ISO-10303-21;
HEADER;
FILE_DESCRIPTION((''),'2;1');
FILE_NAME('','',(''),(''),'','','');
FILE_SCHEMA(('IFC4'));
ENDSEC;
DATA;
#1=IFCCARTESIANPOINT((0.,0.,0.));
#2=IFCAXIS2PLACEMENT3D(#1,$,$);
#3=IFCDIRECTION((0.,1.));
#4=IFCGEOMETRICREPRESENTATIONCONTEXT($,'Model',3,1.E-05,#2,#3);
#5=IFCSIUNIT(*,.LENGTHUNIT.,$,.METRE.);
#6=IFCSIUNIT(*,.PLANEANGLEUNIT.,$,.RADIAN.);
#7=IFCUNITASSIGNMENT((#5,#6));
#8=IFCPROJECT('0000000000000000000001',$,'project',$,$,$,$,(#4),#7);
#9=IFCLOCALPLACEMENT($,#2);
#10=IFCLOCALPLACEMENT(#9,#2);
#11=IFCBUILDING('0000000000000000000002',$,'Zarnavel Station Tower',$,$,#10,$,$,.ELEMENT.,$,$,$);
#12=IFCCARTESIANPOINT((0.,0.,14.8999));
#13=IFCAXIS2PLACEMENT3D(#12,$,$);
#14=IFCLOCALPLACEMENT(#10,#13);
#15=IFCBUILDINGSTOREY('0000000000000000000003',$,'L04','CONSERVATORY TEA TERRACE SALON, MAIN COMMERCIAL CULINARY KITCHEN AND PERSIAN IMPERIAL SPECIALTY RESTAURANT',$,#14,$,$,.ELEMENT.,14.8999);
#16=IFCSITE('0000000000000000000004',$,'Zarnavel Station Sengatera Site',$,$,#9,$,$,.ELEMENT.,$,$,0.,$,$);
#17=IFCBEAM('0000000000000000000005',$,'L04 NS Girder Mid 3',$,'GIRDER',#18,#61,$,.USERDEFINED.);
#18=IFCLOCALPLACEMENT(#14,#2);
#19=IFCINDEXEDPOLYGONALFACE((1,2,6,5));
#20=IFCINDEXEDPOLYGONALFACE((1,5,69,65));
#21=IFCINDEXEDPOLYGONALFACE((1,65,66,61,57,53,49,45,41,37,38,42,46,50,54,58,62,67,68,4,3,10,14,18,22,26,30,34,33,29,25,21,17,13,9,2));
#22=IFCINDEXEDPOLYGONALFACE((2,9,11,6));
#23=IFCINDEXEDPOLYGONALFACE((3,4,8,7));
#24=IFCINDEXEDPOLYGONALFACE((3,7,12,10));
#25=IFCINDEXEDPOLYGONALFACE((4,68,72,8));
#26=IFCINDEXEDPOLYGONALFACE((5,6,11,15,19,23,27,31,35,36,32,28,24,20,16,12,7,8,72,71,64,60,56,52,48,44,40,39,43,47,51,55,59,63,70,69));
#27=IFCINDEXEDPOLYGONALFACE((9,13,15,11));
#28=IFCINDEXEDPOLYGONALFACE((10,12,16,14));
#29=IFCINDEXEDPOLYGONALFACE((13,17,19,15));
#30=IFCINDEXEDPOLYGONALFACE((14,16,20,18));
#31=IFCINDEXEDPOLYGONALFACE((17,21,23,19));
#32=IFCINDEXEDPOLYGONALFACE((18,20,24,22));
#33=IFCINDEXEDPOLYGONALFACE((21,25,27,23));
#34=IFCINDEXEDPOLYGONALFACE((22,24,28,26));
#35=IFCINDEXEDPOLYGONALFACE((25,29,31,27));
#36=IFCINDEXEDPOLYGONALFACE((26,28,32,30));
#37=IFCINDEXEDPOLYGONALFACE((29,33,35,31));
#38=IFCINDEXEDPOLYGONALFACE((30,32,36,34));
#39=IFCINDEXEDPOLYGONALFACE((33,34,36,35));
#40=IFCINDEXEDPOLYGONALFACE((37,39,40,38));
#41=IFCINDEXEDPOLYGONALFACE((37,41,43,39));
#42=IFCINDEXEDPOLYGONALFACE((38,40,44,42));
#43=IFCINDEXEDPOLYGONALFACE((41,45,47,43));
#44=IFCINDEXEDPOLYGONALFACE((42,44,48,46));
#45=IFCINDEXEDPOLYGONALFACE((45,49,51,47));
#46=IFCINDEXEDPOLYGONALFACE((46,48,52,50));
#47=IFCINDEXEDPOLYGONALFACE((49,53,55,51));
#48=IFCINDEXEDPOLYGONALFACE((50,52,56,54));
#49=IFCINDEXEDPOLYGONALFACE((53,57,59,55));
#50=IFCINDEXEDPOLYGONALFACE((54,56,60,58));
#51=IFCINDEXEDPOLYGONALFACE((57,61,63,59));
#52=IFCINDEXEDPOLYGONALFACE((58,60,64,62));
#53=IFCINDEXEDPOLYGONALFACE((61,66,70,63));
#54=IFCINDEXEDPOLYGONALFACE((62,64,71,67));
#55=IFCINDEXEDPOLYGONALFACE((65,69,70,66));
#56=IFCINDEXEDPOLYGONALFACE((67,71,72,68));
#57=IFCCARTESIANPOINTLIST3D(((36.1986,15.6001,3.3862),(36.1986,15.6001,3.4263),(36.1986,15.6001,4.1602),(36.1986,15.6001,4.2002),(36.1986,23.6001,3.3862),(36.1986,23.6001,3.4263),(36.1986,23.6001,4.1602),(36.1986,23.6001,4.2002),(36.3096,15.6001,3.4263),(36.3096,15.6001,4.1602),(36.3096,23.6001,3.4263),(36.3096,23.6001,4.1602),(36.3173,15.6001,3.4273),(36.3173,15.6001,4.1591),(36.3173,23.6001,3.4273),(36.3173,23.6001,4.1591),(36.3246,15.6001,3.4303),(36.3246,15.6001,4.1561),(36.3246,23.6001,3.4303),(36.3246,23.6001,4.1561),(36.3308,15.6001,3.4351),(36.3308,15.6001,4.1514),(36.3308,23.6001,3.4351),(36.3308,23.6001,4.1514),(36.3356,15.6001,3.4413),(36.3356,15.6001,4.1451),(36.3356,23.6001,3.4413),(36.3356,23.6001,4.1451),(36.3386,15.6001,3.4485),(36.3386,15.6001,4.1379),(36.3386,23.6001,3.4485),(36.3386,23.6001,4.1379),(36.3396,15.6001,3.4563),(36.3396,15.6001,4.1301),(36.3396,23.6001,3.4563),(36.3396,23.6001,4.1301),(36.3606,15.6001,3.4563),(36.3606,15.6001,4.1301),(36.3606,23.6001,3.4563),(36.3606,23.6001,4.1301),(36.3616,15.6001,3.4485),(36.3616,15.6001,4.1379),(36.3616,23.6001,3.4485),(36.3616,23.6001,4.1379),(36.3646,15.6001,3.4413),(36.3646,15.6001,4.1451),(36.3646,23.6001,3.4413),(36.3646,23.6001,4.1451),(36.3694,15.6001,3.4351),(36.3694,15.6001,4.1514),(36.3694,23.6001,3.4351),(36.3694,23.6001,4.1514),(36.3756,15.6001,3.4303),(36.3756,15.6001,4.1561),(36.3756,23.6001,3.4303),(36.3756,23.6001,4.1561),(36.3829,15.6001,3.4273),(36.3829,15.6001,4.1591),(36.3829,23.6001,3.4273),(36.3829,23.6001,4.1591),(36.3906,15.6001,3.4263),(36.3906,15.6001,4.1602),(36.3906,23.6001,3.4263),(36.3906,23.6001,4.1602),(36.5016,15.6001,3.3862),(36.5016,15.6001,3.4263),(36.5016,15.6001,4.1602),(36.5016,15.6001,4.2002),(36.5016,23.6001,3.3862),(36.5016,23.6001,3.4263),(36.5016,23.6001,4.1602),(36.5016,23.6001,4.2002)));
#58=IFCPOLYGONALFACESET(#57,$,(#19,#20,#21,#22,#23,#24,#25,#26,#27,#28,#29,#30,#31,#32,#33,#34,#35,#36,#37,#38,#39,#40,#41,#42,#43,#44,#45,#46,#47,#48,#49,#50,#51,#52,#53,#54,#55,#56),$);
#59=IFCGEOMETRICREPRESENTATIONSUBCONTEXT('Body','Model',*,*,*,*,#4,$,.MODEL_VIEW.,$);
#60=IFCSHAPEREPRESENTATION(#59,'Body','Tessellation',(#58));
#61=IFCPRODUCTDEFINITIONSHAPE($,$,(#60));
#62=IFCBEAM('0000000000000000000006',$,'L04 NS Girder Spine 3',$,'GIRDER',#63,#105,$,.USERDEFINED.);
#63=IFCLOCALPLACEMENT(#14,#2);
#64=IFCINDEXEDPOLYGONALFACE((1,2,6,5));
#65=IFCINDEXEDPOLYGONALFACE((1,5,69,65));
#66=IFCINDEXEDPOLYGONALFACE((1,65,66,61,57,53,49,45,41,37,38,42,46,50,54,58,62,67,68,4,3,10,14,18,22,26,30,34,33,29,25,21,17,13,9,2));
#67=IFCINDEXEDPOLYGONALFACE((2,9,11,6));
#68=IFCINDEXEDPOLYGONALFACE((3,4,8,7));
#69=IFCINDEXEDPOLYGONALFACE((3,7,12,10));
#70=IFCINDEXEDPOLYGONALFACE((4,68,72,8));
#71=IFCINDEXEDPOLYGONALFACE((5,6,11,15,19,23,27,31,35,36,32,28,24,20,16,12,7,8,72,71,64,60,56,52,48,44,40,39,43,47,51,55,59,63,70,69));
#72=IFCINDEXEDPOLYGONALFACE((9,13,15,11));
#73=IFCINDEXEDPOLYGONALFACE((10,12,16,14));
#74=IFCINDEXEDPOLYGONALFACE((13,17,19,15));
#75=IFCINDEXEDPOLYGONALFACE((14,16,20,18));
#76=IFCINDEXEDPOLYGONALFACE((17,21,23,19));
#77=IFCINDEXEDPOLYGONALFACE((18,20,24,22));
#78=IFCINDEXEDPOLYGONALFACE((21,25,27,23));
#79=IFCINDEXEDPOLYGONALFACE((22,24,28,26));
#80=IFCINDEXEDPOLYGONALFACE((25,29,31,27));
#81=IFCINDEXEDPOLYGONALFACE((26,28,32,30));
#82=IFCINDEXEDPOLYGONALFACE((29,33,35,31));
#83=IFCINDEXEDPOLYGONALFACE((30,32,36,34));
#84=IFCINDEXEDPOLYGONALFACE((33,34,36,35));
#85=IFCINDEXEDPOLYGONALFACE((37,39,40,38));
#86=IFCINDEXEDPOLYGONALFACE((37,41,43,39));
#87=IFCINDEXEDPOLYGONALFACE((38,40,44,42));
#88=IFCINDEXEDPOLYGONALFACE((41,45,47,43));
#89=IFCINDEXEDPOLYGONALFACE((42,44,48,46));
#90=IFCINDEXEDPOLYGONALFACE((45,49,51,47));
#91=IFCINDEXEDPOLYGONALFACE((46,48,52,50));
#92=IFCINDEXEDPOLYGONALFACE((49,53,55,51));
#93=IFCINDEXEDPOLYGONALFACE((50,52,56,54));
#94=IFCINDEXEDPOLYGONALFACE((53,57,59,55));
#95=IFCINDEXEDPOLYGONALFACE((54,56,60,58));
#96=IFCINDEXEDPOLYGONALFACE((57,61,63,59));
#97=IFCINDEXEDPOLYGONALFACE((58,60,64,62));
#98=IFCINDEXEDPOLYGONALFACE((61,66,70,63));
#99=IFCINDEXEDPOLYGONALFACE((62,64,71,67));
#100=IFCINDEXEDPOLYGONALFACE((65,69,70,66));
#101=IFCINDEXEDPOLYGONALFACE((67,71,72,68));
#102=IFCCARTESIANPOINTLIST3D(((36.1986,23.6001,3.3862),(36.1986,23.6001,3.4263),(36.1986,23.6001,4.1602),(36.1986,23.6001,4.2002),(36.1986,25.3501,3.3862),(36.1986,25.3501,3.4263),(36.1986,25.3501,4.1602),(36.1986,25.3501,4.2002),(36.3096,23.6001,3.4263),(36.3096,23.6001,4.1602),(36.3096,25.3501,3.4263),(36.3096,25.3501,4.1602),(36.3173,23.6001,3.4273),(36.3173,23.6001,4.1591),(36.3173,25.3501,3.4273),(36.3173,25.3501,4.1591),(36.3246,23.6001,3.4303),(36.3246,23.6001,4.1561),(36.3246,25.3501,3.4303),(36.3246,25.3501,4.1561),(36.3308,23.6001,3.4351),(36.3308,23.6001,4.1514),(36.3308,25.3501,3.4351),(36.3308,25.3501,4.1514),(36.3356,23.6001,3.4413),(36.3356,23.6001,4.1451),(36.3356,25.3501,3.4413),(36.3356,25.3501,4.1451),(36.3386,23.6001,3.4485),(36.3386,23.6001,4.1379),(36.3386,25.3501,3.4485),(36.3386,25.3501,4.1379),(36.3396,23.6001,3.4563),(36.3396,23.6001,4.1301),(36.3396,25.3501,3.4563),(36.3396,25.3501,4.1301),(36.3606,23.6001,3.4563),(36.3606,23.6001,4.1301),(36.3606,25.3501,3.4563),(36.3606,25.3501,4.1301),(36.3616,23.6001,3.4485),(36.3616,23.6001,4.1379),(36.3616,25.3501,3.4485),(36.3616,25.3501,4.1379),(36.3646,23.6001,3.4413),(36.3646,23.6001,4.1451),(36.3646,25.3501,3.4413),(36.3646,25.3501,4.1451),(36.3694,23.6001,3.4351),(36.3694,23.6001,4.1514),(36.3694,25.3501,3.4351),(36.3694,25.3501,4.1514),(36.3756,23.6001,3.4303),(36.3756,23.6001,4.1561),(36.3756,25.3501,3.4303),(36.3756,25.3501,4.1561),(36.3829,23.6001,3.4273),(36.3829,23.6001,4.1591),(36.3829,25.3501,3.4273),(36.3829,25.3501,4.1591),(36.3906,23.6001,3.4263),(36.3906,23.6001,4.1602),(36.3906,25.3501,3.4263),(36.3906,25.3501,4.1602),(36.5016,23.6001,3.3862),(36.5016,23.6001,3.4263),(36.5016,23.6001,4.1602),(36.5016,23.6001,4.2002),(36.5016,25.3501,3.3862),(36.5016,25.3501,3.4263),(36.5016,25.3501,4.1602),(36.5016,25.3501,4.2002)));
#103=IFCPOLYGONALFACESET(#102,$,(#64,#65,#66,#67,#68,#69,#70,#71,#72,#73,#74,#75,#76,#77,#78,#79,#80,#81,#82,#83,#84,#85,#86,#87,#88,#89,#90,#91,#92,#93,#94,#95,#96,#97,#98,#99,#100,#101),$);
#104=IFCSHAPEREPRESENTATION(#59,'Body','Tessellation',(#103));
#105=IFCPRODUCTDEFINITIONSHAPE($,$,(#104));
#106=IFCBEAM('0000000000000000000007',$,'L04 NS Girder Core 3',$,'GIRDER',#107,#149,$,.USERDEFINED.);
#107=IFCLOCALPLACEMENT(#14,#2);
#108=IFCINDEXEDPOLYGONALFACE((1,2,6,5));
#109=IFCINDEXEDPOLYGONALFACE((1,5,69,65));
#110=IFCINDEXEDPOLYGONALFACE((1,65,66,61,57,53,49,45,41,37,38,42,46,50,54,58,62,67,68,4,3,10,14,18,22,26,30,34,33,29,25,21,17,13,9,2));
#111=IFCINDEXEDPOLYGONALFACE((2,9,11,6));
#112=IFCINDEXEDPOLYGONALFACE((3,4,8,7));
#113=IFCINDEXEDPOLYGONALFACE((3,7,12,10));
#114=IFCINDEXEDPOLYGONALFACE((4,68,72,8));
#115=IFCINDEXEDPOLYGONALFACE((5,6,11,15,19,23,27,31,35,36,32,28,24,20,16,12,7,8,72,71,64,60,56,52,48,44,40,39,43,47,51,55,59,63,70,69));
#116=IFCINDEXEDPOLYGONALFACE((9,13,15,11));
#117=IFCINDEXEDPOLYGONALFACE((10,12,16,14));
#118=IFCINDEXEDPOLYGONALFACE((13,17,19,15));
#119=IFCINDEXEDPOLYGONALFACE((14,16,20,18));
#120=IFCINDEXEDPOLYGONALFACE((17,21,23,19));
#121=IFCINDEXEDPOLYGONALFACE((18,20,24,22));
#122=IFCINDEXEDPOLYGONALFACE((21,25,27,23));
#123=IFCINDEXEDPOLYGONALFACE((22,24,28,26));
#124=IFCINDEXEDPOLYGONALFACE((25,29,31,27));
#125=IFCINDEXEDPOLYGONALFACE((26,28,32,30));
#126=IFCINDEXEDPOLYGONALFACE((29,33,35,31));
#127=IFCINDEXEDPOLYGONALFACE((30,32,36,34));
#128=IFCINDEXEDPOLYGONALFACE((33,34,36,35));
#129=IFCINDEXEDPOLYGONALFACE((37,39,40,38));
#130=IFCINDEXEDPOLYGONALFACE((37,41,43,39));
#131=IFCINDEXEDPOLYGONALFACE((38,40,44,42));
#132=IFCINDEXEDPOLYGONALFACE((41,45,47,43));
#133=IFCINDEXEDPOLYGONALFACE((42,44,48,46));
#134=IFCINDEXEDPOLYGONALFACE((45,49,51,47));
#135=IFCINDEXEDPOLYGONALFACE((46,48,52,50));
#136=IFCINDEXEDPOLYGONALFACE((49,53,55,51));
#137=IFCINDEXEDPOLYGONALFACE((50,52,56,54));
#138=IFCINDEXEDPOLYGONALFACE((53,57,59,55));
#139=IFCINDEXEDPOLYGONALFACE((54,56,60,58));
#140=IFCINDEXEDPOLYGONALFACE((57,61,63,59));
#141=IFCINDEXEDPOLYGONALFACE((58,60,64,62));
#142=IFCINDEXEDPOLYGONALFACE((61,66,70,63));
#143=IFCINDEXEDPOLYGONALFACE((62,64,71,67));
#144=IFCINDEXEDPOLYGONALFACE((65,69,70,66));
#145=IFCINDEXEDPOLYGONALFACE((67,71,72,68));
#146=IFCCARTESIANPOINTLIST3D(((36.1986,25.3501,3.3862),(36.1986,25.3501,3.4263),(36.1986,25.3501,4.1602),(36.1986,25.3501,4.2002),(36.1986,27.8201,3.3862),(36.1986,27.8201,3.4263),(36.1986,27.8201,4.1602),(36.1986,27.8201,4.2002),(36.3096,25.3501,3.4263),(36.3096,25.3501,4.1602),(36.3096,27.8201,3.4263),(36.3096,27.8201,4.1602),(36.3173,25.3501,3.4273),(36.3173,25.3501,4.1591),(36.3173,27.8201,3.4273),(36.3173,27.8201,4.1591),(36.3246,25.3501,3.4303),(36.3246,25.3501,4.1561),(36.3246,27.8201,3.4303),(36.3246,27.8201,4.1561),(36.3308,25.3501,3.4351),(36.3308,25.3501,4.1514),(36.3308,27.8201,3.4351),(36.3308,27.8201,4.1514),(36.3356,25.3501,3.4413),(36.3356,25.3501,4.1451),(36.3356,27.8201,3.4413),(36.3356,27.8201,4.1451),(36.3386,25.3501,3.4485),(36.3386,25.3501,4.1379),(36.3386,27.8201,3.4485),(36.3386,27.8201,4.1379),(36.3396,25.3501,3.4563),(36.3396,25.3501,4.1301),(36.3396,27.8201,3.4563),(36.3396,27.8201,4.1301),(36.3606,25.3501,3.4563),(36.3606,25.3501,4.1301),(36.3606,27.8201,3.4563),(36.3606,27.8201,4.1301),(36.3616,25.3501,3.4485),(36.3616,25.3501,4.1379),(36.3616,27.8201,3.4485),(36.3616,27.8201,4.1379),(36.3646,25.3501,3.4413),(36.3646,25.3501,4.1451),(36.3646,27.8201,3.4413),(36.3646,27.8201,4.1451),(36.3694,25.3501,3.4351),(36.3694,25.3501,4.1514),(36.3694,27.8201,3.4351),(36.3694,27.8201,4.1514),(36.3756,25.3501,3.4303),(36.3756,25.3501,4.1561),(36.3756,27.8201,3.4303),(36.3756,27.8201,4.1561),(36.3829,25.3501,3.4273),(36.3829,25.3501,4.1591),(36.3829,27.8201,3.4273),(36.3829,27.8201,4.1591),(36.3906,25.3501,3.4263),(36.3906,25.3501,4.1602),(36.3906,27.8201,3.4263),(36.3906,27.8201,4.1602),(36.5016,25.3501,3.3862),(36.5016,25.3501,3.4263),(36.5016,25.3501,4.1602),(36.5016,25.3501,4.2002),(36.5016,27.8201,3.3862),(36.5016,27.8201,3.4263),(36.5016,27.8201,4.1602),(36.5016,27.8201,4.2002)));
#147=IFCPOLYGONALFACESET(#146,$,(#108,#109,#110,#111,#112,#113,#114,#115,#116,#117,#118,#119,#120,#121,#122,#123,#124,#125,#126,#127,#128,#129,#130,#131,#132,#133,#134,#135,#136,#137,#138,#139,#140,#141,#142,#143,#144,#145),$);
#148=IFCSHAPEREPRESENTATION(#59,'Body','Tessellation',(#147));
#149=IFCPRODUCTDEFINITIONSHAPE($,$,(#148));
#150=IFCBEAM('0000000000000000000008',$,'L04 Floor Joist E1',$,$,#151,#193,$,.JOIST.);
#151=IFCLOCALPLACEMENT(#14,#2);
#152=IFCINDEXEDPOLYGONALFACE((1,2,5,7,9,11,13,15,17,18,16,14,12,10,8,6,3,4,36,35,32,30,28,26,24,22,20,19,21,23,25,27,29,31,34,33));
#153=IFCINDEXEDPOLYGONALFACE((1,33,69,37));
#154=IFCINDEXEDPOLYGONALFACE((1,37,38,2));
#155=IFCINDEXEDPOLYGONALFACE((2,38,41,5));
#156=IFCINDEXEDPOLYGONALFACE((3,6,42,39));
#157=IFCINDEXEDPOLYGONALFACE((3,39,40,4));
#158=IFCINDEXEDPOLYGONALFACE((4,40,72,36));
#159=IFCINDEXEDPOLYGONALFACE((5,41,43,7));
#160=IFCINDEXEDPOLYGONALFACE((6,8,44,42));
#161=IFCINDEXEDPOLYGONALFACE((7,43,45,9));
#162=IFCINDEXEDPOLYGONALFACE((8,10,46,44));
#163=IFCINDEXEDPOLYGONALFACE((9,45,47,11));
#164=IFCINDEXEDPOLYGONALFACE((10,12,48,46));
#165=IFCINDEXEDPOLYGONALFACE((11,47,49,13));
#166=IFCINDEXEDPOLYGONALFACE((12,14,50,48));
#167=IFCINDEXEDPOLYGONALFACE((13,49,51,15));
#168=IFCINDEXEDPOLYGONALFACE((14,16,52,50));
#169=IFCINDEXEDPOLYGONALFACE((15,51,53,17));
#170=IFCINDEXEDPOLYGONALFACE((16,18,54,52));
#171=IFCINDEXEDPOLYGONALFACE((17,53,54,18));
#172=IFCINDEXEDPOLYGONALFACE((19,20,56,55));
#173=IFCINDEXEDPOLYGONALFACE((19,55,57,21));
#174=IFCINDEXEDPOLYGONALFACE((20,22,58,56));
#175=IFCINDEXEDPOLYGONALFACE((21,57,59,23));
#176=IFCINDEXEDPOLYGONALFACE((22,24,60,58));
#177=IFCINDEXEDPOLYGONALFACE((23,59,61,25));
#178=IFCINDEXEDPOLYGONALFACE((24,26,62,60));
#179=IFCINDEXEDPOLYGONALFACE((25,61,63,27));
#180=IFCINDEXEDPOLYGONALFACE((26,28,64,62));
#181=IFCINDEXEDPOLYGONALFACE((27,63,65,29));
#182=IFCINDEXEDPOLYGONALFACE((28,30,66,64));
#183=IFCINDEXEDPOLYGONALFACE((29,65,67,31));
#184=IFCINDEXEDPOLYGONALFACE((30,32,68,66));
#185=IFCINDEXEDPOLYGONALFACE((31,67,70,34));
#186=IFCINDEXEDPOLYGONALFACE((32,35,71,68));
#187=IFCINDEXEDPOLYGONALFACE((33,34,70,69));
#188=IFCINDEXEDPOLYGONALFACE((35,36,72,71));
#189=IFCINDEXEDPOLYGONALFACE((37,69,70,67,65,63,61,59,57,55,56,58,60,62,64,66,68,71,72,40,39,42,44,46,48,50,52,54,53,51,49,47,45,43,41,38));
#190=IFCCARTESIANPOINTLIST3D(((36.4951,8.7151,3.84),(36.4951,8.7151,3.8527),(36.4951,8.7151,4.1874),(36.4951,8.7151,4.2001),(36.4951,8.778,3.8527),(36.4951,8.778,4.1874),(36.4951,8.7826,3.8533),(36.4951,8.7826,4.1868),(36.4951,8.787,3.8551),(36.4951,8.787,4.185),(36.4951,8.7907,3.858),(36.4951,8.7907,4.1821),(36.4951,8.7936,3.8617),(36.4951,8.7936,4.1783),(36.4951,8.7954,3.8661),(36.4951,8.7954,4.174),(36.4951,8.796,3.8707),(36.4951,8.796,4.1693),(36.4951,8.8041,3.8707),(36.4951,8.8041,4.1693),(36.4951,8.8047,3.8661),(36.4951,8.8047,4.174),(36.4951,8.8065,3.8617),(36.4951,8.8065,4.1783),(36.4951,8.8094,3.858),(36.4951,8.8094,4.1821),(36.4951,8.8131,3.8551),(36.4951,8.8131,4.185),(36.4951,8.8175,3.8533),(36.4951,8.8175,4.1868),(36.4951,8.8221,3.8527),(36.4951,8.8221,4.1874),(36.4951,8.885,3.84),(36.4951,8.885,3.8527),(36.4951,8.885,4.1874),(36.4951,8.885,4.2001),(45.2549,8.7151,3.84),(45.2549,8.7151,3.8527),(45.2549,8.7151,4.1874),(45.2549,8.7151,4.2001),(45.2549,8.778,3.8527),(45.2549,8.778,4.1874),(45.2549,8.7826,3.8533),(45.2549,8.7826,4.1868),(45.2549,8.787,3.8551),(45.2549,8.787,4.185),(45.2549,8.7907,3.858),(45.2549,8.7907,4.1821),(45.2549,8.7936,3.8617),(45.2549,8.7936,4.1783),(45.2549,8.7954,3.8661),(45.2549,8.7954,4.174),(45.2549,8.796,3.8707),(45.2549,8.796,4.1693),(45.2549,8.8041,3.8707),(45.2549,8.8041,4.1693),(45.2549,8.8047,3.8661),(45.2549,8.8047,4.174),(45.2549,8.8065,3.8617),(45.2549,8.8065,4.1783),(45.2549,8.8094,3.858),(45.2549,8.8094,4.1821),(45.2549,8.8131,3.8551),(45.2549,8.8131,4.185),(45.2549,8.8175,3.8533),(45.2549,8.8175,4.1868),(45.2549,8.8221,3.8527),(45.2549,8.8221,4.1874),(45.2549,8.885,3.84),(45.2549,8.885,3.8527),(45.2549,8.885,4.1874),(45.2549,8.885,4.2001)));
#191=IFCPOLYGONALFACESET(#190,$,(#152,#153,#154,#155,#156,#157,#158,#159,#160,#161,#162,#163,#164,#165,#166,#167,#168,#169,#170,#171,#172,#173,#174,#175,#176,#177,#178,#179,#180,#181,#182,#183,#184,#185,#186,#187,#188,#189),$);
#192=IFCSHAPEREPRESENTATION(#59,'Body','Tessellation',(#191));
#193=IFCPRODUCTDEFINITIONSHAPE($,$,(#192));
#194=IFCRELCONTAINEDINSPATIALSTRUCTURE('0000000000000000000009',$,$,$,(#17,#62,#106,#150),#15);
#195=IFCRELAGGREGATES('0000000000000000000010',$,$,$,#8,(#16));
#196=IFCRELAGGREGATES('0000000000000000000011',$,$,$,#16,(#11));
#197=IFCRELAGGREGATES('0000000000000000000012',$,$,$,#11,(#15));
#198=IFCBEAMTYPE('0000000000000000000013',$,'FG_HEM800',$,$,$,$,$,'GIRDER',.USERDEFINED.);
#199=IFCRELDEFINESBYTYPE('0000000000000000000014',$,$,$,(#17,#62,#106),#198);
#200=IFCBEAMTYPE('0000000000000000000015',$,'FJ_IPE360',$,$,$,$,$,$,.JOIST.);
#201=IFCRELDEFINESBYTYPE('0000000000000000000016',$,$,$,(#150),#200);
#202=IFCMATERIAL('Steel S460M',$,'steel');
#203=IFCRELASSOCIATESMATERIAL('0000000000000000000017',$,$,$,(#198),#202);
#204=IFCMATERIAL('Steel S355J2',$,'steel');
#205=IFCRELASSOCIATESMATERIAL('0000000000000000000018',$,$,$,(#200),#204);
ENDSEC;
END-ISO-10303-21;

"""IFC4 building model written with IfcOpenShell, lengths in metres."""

from ifc_helpers import new_model, si_unit, direction, frame, origin, origin_2d, place, context, subcontext, project, spatial, i_section, extrude, material, material_profile, profile_set, type_object, element, save


model = new_model("IFC4")

# Units and contexts
model_context = context("Model", 3, precision=1e-05, world=origin(), true_north=direction((0.0, 1.0)))
body_context = subcontext(model_context, "Body", "Model", "MODEL_VIEW")
ifc_project = project(units=[si_unit("LENGTHUNIT", "METRE"), si_unit("PLANEANGLEUNIT", "RADIAN")], contexts=[model_context])

# Site, building, storey
site_placement = place(None, origin())
site = spatial("IfcSite", under=ifc_project, at=site_placement, Name="Zarnavel Station Sengatera Site", CompositionType="ELEMENT", RefElevation=0.0)
building_placement = place(site_placement, origin())
building = spatial("IfcBuilding", under=site, at=building_placement, Name="Zarnavel Station Tower", CompositionType="ELEMENT")
storey_placement = place(building_placement, frame((0.0, 0.0, 14.8999)))
storey = spatial("IfcBuildingStorey", under=building, at=storey_placement, Name="L04", Description="CONSERVATORY TEA TERRACE SALON, MAIN COMMERCIAL CULINARY KITCHEN AND PERSIAN IMPERIAL SPECIALTY RESTAURANT", CompositionType="ELEMENT", Elevation=14.8999)

# Beams
ifc_material_1 = material(Name="Steel S460M", Category="steel")
ifc_material_profile_1 = material_profile(ifc_material_1, i_section(OverallWidth=0.303, OverallDepth=0.814, WebThickness=0.021, FlangeThickness=0.04, FilletRadius=0.03, at=origin_2d()), Name="HEM800")
ifc_profile_set_1 = profile_set([ifc_material_profile_1], Name="Steel S460M")
beam_type_1 = type_object("IfcBeamType", Name="FG_HEM800", ElementType="GIRDER", PredefinedType="USERDEFINED", material=ifc_profile_set_1)
beam_1_placement = place(storey_placement, frame((36.3501, 15.6001, 3.7932), z_axis=(0.0, 1.0, 0.0), x_axis=(-1.0, 0.0, 0.0)))
element("IfcBeam", 1, at=beam_1_placement, inside=storey, type_object=beam_type_1, Name="L04 NS Girder Mid 3", ObjectType="GIRDER", PredefinedType="USERDEFINED", context=body_context, shape_type="SweptSolid", body=[
    extrude(i_section(OverallWidth=0.303, OverallDepth=0.814, WebThickness=0.021, FlangeThickness=0.04, FilletRadius=0.03, at=origin_2d()), origin(), (0.0, 0.0, 1.0), 8.0),
])
beam_2_placement = place(storey_placement, frame((36.3501, 23.6001, 3.7932), z_axis=(0.0, 1.0, 0.0), x_axis=(-1.0, 0.0, 0.0)))
element("IfcBeam", 2, at=beam_2_placement, inside=storey, type_object=beam_type_1, Name="L04 NS Girder Spine 3", ObjectType="GIRDER", PredefinedType="USERDEFINED", context=body_context, shape_type="SweptSolid", body=[
    extrude(i_section(OverallWidth=0.303, OverallDepth=0.814, WebThickness=0.021, FlangeThickness=0.04, FilletRadius=0.03, at=origin_2d()), origin(), (0.0, 0.0, 1.0), 1.75),
])
beam_3_placement = place(storey_placement, frame((36.3501, 25.3501, 3.7932), z_axis=(0.0, 1.0, 0.0), x_axis=(-1.0, 0.0, 0.0)))
element("IfcBeam", 3, at=beam_3_placement, inside=storey, type_object=beam_type_1, Name="L04 NS Girder Core 3", ObjectType="GIRDER", PredefinedType="USERDEFINED", context=body_context, shape_type="SweptSolid", body=[
    extrude(i_section(OverallWidth=0.303, OverallDepth=0.814, WebThickness=0.021, FlangeThickness=0.04, FilletRadius=0.03, at=origin_2d()), origin(), (0.0, 0.0, 1.0), 2.47),
])
ifc_material_2 = material(Name="Steel S355J2", Category="steel")
ifc_material_profile_2 = material_profile(ifc_material_2, i_section(OverallWidth=0.1699, OverallDepth=0.3601, WebThickness=0.0081, FlangeThickness=0.0127, FilletRadius=0.0181, at=origin_2d()), Name="IPE360")
ifc_profile_set_2 = profile_set([ifc_material_profile_2], Name="Steel S355J2")
beam_type_2 = type_object("IfcBeamType", Name="FJ_IPE360", PredefinedType="JOIST", material=ifc_profile_set_2)
for number, where, z_axis, x_axis, name in (
    (4, (36.4951, 8.8, 4.02), (1.0, 0.0, 0.0), (0.0, 1.0, 0.0), "L04 Floor Joist E1"),
):
    element("IfcBeam", number, at=place(storey_placement, frame(where, z_axis=z_axis, x_axis=x_axis)), inside=storey, type_object=beam_type_2, Name=name, PredefinedType="JOIST", context=body_context, shape_type="SweptSolid", body=[
        extrude(i_section(OverallWidth=0.1699, OverallDepth=0.3601, WebThickness=0.0081, FlangeThickness=0.0127, FilletRadius=0.0181, at=origin_2d()), origin(), (0.0, 0.0, 1.0), 8.7598),
    ])

save(model, "model.ifc")
